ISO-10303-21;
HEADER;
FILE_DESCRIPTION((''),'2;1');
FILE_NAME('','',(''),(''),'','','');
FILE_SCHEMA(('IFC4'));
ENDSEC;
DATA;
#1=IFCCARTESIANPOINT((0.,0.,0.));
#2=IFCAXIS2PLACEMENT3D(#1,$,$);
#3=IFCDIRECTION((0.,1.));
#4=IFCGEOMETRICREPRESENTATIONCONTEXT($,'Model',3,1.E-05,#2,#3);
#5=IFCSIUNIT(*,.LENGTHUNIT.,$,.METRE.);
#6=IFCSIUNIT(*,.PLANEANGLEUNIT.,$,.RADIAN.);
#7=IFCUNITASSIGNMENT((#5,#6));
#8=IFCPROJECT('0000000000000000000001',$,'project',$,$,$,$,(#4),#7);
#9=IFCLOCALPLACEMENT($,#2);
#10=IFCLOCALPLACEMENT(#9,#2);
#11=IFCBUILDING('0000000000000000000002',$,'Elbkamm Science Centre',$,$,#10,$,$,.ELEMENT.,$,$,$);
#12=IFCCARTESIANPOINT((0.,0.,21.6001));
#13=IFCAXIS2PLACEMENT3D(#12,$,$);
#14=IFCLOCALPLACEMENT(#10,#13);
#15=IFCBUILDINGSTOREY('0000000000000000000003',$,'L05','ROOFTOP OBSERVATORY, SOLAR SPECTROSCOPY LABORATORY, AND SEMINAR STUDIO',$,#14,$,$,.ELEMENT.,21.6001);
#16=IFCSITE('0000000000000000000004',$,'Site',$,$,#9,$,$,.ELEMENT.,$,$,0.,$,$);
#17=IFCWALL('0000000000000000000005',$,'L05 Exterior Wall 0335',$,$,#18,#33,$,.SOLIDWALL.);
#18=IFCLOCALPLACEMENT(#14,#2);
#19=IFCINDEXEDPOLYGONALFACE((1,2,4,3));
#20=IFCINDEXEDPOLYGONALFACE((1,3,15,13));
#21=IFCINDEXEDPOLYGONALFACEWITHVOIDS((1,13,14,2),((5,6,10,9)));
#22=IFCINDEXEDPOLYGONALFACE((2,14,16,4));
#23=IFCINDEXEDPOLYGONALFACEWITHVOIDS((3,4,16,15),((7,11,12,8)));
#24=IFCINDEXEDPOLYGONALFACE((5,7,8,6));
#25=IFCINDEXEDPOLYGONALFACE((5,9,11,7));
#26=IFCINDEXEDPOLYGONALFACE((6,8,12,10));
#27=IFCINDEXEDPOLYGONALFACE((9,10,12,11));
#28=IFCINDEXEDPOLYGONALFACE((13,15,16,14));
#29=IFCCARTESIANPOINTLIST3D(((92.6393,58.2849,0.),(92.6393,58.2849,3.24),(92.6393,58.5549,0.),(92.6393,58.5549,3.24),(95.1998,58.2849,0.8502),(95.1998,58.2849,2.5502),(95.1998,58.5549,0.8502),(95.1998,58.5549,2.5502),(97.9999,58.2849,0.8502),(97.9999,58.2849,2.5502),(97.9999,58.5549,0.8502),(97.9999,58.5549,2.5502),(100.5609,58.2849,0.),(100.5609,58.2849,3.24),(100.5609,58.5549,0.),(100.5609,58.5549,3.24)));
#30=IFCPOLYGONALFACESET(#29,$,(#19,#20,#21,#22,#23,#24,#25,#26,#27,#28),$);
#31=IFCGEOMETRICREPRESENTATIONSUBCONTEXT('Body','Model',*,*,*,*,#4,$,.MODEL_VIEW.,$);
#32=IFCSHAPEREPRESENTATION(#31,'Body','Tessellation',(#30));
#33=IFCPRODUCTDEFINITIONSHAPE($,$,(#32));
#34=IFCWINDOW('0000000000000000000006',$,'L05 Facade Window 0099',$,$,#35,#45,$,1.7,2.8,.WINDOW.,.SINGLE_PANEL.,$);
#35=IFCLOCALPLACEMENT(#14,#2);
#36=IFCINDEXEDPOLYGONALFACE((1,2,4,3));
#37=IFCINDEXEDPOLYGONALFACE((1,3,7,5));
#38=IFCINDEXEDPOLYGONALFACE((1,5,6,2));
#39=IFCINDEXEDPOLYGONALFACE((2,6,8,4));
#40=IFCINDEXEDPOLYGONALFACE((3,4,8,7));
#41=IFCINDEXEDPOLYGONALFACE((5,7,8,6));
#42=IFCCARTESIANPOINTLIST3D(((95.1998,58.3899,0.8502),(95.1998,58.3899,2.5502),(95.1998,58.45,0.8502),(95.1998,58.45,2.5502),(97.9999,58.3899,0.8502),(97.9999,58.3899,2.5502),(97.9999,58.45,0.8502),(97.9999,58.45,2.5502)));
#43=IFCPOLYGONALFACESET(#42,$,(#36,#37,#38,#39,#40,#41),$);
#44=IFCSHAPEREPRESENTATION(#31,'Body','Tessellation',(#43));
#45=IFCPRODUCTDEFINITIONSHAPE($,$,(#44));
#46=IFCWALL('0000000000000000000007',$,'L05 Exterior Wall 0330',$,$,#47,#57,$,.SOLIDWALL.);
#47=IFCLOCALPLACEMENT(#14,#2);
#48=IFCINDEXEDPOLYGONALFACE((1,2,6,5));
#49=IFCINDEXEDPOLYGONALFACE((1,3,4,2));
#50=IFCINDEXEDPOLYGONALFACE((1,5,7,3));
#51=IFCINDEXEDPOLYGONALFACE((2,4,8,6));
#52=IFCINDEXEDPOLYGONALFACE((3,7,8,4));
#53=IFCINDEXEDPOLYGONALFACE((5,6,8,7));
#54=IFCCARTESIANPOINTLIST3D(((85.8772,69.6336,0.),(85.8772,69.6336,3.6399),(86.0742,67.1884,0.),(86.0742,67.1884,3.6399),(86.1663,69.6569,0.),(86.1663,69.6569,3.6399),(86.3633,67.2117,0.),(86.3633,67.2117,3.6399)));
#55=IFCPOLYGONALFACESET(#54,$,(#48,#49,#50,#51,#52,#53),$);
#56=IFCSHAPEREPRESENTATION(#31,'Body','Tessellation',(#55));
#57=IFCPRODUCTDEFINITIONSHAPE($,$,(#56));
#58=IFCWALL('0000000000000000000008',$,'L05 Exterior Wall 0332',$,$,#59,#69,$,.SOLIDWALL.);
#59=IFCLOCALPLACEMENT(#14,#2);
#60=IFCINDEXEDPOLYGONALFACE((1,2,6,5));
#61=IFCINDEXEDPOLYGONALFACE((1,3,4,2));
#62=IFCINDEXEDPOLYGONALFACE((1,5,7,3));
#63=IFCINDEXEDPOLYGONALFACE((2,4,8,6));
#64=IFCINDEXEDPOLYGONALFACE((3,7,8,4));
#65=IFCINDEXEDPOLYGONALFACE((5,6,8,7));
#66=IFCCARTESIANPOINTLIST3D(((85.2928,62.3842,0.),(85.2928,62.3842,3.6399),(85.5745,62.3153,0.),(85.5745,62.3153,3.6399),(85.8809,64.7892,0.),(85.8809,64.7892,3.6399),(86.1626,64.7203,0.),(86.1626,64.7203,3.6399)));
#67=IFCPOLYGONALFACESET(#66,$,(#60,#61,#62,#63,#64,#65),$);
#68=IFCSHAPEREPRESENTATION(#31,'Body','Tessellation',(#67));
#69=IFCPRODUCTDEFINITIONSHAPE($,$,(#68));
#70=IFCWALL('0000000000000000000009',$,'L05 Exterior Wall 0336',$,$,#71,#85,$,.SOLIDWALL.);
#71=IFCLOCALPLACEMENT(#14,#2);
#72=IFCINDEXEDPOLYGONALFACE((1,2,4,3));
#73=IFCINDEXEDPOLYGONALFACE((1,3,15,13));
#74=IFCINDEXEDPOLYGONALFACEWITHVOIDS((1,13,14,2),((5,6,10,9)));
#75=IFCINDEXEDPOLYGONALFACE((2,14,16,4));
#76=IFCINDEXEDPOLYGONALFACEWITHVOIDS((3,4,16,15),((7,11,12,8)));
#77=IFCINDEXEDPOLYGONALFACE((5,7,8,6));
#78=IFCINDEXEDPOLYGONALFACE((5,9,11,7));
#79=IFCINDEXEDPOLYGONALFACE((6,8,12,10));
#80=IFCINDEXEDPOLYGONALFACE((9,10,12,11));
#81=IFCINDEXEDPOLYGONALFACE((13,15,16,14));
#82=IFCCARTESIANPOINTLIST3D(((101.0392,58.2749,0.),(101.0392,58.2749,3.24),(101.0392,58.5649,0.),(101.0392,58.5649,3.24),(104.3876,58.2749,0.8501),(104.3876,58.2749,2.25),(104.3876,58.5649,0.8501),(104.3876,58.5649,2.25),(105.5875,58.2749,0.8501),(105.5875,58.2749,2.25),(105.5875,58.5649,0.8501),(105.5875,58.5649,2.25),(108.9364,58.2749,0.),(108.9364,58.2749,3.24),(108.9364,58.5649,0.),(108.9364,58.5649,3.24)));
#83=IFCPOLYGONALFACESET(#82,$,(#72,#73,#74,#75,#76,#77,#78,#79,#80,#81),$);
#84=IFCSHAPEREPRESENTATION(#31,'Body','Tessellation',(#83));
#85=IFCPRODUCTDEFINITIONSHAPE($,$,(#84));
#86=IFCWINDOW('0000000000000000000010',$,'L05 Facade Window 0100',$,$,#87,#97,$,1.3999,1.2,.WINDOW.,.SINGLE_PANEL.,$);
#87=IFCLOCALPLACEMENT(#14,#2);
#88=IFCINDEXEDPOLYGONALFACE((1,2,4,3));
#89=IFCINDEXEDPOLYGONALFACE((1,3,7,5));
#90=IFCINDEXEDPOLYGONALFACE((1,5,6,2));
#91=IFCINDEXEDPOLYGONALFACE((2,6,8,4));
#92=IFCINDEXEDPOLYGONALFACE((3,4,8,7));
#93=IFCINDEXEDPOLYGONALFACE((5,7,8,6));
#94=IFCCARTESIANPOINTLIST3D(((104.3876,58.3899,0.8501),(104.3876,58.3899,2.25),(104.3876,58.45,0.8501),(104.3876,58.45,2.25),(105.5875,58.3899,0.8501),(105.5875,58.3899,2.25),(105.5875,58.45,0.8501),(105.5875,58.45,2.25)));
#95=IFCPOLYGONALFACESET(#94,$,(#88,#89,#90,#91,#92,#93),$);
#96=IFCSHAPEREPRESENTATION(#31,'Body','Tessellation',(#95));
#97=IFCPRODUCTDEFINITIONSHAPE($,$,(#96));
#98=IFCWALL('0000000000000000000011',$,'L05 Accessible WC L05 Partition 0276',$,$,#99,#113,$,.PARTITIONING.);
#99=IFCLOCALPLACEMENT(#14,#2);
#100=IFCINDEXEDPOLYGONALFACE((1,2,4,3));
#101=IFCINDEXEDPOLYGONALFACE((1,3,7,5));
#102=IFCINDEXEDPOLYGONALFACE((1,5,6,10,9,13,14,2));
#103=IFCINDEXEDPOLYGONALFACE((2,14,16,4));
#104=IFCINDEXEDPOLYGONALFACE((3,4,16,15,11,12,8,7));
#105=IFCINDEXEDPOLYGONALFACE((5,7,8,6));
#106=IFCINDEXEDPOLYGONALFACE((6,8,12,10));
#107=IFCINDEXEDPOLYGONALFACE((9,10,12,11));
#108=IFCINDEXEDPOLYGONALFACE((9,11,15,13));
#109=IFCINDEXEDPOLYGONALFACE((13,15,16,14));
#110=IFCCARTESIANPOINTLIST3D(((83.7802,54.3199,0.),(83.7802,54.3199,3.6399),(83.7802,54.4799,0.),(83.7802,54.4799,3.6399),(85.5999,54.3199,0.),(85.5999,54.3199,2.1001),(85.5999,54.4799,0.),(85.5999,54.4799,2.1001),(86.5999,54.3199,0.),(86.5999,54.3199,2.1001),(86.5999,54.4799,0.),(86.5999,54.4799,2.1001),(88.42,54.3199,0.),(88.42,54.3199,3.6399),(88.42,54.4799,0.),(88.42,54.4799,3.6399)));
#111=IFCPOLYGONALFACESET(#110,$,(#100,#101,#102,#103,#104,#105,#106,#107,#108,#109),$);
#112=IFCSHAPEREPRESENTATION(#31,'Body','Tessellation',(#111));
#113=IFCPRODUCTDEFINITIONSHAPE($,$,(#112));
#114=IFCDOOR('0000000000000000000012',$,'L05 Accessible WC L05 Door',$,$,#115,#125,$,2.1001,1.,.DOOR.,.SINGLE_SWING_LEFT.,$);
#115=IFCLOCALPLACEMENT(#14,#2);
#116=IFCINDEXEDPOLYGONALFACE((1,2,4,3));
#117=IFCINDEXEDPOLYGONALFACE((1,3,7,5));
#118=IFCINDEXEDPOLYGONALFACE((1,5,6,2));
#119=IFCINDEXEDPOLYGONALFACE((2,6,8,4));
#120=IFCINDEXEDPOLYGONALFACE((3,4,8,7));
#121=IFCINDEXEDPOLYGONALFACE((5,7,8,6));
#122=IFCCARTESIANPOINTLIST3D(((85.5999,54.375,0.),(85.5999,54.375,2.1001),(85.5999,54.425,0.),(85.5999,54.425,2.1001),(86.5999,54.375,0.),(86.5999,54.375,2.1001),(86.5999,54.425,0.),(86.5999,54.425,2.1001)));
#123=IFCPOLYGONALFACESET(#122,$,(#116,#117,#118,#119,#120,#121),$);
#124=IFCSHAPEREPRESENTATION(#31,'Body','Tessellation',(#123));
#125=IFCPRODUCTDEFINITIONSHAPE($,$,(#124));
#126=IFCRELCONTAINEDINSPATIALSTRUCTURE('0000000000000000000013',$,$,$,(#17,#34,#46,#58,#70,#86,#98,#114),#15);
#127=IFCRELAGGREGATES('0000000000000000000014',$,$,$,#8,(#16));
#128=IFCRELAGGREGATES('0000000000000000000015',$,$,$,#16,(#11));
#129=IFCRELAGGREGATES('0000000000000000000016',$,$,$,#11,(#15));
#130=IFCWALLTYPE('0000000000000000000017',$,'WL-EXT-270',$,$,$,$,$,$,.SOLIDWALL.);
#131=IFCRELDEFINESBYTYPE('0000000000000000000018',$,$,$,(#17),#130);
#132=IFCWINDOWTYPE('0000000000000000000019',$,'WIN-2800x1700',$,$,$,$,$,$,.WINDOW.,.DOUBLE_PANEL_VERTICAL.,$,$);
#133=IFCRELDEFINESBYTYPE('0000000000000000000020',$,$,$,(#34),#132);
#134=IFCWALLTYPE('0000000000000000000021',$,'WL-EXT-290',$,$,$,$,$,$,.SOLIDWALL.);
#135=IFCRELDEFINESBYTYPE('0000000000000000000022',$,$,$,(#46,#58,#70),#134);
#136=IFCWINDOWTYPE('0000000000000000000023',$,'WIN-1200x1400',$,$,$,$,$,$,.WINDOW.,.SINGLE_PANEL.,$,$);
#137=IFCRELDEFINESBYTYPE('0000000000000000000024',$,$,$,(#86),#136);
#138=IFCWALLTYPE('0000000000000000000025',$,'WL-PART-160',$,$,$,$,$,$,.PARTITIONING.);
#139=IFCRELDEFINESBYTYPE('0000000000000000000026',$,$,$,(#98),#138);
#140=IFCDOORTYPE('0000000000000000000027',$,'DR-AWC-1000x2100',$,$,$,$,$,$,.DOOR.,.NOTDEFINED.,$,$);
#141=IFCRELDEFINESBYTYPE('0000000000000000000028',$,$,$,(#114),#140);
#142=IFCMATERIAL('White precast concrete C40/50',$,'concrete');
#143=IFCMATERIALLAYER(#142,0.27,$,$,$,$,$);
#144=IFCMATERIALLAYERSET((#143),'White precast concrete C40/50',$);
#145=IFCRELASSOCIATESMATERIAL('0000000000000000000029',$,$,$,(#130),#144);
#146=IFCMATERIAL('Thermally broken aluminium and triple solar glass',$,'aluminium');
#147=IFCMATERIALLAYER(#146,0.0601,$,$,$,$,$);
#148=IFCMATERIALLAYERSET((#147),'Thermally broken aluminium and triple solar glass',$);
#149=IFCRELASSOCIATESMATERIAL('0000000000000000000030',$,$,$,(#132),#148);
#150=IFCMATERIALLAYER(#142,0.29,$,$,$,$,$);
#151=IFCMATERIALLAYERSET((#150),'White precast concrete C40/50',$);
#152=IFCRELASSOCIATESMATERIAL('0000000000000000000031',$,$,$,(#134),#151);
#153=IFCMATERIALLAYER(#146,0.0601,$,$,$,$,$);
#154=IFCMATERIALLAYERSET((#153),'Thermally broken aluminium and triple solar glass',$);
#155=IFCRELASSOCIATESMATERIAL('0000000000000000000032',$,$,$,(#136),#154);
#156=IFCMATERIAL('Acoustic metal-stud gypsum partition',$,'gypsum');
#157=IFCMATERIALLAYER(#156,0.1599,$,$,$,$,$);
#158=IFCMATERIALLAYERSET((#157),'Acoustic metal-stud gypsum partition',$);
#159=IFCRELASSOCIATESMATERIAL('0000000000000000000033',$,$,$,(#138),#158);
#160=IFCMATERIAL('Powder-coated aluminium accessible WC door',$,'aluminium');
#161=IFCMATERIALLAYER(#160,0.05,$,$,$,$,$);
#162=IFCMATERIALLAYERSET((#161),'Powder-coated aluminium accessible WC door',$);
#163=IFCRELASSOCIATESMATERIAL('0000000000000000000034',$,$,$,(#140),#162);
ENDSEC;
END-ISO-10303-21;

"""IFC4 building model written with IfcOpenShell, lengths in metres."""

from ifc_helpers import new_model, si_unit, direction, frame, frame_2d, origin, place, context, subcontext, project, spatial, rectangle, extrude, material, layer, layer_set, type_object, element, fill, save


model = new_model("IFC4")

# Units and contexts
model_context = context("Model", 3, precision=1e-05, world=origin(), true_north=direction((0.0, 1.0)))
body_context = subcontext(model_context, "Body", "Model", "MODEL_VIEW")
ifc_project = project(units=[si_unit("LENGTHUNIT", "METRE"), si_unit("PLANEANGLEUNIT", "RADIAN")], contexts=[model_context])

# Site, building, storey
site_placement = place(None, origin())
site = spatial("IfcSite", under=ifc_project, at=site_placement, Name="Site", CompositionType="ELEMENT", RefElevation=0.0)
building_placement = place(site_placement, origin())
building = spatial("IfcBuilding", under=site, at=building_placement, Name="Elbkamm Science Centre", CompositionType="ELEMENT")
storey_placement = place(building_placement, frame((0.0, 0.0, 21.6001)))
storey = spatial("IfcBuildingStorey", under=building, at=storey_placement, Name="L05", Description="ROOFTOP OBSERVATORY, SOLAR SPECTROSCOPY LABORATORY, AND SEMINAR STUDIO", CompositionType="ELEMENT", Elevation=21.6001)

# Shared definitions
ifc_material_1 = material(Name="White precast concrete C40/50", Category="concrete")
ifc_layer_1 = layer(ifc_material_1, 0.27)
ifc_layer_set_1 = layer_set([ifc_layer_1], Name="White precast concrete C40/50")
wall_type_1 = type_object("IfcWallType", Name="WL-EXT-270", PredefinedType="SOLIDWALL", material=ifc_layer_set_1)

# Wall, opening, window
wall_1_placement = place(storey_placement, frame((92.6392, 58.4199, 0.0), z_axis=(0.0, 0.0, 1.0), x_axis=(1.0, 0.0, 0.0)))
wall_1 = element("IfcWall", 1, at=wall_1_placement, inside=storey, type_object=wall_type_1, Name="L05 Exterior Wall 0335", PredefinedType="SOLIDWALL", context=body_context, shape_type="SweptSolid", body=[
    extrude(rectangle(XDim=7.9216, YDim=0.27, at=frame_2d((3.9609, 0.0))), origin(), (0.0, 0.0, 1.0), 3.24),
])
opening_1_placement = place(wall_1_placement, frame((2.5608, 0.0, 0.8501)))
opening_1 = element("IfcOpeningElement", 2, at=opening_1_placement, cuts=wall_1, PredefinedType="OPENING", context=body_context, shape_type="SweptSolid", body=[
    extrude(rectangle(XDim=2.8, YDim=1.7, at=frame_2d((1.3999, 0.8501))), frame((0.0, 0.147, 0.0), z_axis=(0.0, -1.0, 0.0), x_axis=(1.0, 0.0, 0.0)), (0.0, 0.0, 1.0), 0.2939),
])
ifc_material_2 = material(Name="Thermally broken aluminium and triple solar glass", Category="aluminium")
ifc_layer_2 = layer(ifc_material_2, 0.0601)
ifc_layer_set_2 = layer_set([ifc_layer_2], Name="Thermally broken aluminium and triple solar glass")
window_type_1 = type_object("IfcWindowType", Name="WIN-2800x1700", PartitioningType="DOUBLE_PANEL_VERTICAL", PredefinedType="WINDOW", material=ifc_layer_set_2)
window_1_placement = place(opening_1_placement, origin())
window_1 = element("IfcWindow", 3, at=window_1_placement, inside=storey, type_object=window_type_1, Name="L05 Facade Window 0099", OverallHeight=1.7, OverallWidth=2.8, PartitioningType="SINGLE_PANEL", PredefinedType="WINDOW", context=body_context, shape_type="SweptSolid", body=[
    extrude(rectangle(XDim=2.8, YDim=1.7, at=frame_2d((1.3999, 0.8501))), frame((0.0, 0.03, 0.0), z_axis=(0.0, -1.0, 0.0), x_axis=(1.0, 0.0, 0.0)), (0.0, 0.0, 1.0), 0.0601),
])
fill(opening_1, window_1)

# Walls
ifc_layer_3 = layer(ifc_material_1, 0.29)
ifc_layer_set_3 = layer_set([ifc_layer_3], Name="White precast concrete C40/50")
wall_type_2 = type_object("IfcWallType", Name="WL-EXT-290", PredefinedType="SOLIDWALL", material=ifc_layer_set_3)
wall_2_placement = place(storey_placement, frame((86.0217, 69.6453, 0.0), z_axis=(0.0, 0.0, 1.0), x_axis=(0.080311, -0.99677, 0.0)))
element("IfcWall", 4, at=wall_2_placement, inside=storey, type_object=wall_type_2, Name="L05 Exterior Wall 0330", PredefinedType="SOLIDWALL", context=body_context, shape_type="SweptSolid", body=[
    extrude(rectangle(XDim=2.4531, YDim=0.29, at=frame_2d((1.2266, 0.0))), origin(), (0.0, 0.0, 1.0), 3.6399),
])
wall_3_placement = place(storey_placement, frame((86.0217, 64.7546, 0.0), z_axis=(0.0, 0.0, 1.0), x_axis=(-0.237544, -0.971377, 0.0)))
element("IfcWall", 5, at=wall_3_placement, inside=storey, type_object=wall_type_2, Name="L05 Exterior Wall 0332", PredefinedType="SOLIDWALL", context=body_context, shape_type="SweptSolid", body=[
    extrude(rectangle(XDim=2.4758, YDim=0.29, at=frame_2d((1.2378, 0.0))), origin(), (0.0, 0.0, 1.0), 3.6399),
])

# Wall, opening, window
wall_4_placement = place(storey_placement, frame((101.0391, 58.4199, 0.0), z_axis=(0.0, 0.0, 1.0), x_axis=(1.0, 0.0, 0.0)))
wall_4 = element("IfcWall", 6, at=wall_4_placement, inside=storey, type_object=wall_type_2, Name="L05 Exterior Wall 0336", PredefinedType="SOLIDWALL", context=body_context, shape_type="SweptSolid", body=[
    extrude(rectangle(XDim=7.8972, YDim=0.29, at=frame_2d((3.9487, 0.0))), origin(), (0.0, 0.0, 1.0), 3.24),
])
opening_2_placement = place(wall_4_placement, frame((3.3484, 0.0, 0.8501)))
opening_2 = element("IfcOpeningElement", 7, at=opening_2_placement, cuts=wall_4, PredefinedType="OPENING", context=body_context, shape_type="SweptSolid", body=[
    extrude(rectangle(XDim=1.2, YDim=1.3999, at=frame_2d((0.6001, 0.7))), frame((0.0, 0.157, 0.0), z_axis=(0.0, -1.0, 0.0), x_axis=(1.0, 0.0, 0.0)), (0.0, 0.0, 1.0), 0.314),
])
ifc_layer_4 = layer(ifc_material_2, 0.0601)
ifc_layer_set_4 = layer_set([ifc_layer_4], Name="Thermally broken aluminium and triple solar glass")
window_type_2 = type_object("IfcWindowType", Name="WIN-1200x1400", PartitioningType="SINGLE_PANEL", PredefinedType="WINDOW", material=ifc_layer_set_4)
window_2_placement = place(opening_2_placement, origin())
window_2 = element("IfcWindow", 8, at=window_2_placement, inside=storey, type_object=window_type_2, Name="L05 Facade Window 0100", OverallHeight=1.3999, OverallWidth=1.2, PartitioningType="SINGLE_PANEL", PredefinedType="WINDOW", context=body_context, shape_type="SweptSolid", body=[
    extrude(rectangle(XDim=1.2, YDim=1.3999, at=frame_2d((0.6001, 0.7))), frame((0.0, 0.03, 0.0), z_axis=(0.0, -1.0, 0.0), x_axis=(1.0, 0.0, 0.0)), (0.0, 0.0, 1.0), 0.0601),
])
fill(opening_2, window_2)

# Wall, opening, door
ifc_material_3 = material(Name="Acoustic metal-stud gypsum partition", Category="gypsum")
ifc_layer_5 = layer(ifc_material_3, 0.1599)
ifc_layer_set_5 = layer_set([ifc_layer_5], Name="Acoustic metal-stud gypsum partition")
wall_type_3 = type_object("IfcWallType", Name="WL-PART-160", PredefinedType="PARTITIONING", material=ifc_layer_set_5)
wall_5_placement = place(storey_placement, frame((88.4199, 54.3999, 0.0), z_axis=(0.0, 0.0, 1.0), x_axis=(-1.0, 0.0, 0.0)))
wall_5 = element("IfcWall", 9, at=wall_5_placement, inside=storey, type_object=wall_type_3, Name="L05 Accessible WC L05 Partition 0276", PredefinedType="PARTITIONING", context=body_context, shape_type="SweptSolid", body=[
    extrude(rectangle(XDim=4.6399, YDim=0.1599, at=frame_2d((2.3198, 0.0))), origin(), (0.0, 0.0, 1.0), 3.6399),
])
opening_3_placement = place(wall_5_placement, frame((1.8201, 0.0, 0.0)))
opening_3 = element("IfcOpeningElement", 10, at=opening_3_placement, cuts=wall_5, PredefinedType="OPENING", context=body_context, shape_type="SweptSolid", body=[
    extrude(rectangle(XDim=1.0, YDim=2.1001, at=frame_2d((0.5, 1.05))), frame((0.0, 0.0918, 0.0), z_axis=(0.0, -1.0, 0.0), x_axis=(1.0, 0.0, 0.0)), (0.0, 0.0, 1.0), 0.1838),
])
ifc_material_4 = material(Name="Powder-coated aluminium accessible WC door", Category="aluminium")
ifc_layer_6 = layer(ifc_material_4, 0.05)
ifc_layer_set_6 = layer_set([ifc_layer_6], Name="Powder-coated aluminium accessible WC door")
door_type = type_object("IfcDoorType", Name="DR-AWC-1000x2100", OperationType="NOTDEFINED", PredefinedType="DOOR", material=ifc_layer_set_6)
door_placement = place(opening_3_placement, origin())
door = element("IfcDoor", 11, at=door_placement, inside=storey, type_object=door_type, Name="L05 Accessible WC L05 Door", OperationType="SINGLE_SWING_LEFT", OverallHeight=2.1001, OverallWidth=1.0, PredefinedType="DOOR", context=body_context, shape_type="SweptSolid", body=[
    extrude(rectangle(XDim=1.0, YDim=2.1001, at=frame_2d((0.5, 1.05))), frame((0.0, 0.0249, 0.0), z_axis=(0.0, -1.0, 0.0), x_axis=(1.0, 0.0, 0.0)), (0.0, 0.0, 1.0), 0.05),
])
fill(opening_3, door)

save(model, "model.ifc")
